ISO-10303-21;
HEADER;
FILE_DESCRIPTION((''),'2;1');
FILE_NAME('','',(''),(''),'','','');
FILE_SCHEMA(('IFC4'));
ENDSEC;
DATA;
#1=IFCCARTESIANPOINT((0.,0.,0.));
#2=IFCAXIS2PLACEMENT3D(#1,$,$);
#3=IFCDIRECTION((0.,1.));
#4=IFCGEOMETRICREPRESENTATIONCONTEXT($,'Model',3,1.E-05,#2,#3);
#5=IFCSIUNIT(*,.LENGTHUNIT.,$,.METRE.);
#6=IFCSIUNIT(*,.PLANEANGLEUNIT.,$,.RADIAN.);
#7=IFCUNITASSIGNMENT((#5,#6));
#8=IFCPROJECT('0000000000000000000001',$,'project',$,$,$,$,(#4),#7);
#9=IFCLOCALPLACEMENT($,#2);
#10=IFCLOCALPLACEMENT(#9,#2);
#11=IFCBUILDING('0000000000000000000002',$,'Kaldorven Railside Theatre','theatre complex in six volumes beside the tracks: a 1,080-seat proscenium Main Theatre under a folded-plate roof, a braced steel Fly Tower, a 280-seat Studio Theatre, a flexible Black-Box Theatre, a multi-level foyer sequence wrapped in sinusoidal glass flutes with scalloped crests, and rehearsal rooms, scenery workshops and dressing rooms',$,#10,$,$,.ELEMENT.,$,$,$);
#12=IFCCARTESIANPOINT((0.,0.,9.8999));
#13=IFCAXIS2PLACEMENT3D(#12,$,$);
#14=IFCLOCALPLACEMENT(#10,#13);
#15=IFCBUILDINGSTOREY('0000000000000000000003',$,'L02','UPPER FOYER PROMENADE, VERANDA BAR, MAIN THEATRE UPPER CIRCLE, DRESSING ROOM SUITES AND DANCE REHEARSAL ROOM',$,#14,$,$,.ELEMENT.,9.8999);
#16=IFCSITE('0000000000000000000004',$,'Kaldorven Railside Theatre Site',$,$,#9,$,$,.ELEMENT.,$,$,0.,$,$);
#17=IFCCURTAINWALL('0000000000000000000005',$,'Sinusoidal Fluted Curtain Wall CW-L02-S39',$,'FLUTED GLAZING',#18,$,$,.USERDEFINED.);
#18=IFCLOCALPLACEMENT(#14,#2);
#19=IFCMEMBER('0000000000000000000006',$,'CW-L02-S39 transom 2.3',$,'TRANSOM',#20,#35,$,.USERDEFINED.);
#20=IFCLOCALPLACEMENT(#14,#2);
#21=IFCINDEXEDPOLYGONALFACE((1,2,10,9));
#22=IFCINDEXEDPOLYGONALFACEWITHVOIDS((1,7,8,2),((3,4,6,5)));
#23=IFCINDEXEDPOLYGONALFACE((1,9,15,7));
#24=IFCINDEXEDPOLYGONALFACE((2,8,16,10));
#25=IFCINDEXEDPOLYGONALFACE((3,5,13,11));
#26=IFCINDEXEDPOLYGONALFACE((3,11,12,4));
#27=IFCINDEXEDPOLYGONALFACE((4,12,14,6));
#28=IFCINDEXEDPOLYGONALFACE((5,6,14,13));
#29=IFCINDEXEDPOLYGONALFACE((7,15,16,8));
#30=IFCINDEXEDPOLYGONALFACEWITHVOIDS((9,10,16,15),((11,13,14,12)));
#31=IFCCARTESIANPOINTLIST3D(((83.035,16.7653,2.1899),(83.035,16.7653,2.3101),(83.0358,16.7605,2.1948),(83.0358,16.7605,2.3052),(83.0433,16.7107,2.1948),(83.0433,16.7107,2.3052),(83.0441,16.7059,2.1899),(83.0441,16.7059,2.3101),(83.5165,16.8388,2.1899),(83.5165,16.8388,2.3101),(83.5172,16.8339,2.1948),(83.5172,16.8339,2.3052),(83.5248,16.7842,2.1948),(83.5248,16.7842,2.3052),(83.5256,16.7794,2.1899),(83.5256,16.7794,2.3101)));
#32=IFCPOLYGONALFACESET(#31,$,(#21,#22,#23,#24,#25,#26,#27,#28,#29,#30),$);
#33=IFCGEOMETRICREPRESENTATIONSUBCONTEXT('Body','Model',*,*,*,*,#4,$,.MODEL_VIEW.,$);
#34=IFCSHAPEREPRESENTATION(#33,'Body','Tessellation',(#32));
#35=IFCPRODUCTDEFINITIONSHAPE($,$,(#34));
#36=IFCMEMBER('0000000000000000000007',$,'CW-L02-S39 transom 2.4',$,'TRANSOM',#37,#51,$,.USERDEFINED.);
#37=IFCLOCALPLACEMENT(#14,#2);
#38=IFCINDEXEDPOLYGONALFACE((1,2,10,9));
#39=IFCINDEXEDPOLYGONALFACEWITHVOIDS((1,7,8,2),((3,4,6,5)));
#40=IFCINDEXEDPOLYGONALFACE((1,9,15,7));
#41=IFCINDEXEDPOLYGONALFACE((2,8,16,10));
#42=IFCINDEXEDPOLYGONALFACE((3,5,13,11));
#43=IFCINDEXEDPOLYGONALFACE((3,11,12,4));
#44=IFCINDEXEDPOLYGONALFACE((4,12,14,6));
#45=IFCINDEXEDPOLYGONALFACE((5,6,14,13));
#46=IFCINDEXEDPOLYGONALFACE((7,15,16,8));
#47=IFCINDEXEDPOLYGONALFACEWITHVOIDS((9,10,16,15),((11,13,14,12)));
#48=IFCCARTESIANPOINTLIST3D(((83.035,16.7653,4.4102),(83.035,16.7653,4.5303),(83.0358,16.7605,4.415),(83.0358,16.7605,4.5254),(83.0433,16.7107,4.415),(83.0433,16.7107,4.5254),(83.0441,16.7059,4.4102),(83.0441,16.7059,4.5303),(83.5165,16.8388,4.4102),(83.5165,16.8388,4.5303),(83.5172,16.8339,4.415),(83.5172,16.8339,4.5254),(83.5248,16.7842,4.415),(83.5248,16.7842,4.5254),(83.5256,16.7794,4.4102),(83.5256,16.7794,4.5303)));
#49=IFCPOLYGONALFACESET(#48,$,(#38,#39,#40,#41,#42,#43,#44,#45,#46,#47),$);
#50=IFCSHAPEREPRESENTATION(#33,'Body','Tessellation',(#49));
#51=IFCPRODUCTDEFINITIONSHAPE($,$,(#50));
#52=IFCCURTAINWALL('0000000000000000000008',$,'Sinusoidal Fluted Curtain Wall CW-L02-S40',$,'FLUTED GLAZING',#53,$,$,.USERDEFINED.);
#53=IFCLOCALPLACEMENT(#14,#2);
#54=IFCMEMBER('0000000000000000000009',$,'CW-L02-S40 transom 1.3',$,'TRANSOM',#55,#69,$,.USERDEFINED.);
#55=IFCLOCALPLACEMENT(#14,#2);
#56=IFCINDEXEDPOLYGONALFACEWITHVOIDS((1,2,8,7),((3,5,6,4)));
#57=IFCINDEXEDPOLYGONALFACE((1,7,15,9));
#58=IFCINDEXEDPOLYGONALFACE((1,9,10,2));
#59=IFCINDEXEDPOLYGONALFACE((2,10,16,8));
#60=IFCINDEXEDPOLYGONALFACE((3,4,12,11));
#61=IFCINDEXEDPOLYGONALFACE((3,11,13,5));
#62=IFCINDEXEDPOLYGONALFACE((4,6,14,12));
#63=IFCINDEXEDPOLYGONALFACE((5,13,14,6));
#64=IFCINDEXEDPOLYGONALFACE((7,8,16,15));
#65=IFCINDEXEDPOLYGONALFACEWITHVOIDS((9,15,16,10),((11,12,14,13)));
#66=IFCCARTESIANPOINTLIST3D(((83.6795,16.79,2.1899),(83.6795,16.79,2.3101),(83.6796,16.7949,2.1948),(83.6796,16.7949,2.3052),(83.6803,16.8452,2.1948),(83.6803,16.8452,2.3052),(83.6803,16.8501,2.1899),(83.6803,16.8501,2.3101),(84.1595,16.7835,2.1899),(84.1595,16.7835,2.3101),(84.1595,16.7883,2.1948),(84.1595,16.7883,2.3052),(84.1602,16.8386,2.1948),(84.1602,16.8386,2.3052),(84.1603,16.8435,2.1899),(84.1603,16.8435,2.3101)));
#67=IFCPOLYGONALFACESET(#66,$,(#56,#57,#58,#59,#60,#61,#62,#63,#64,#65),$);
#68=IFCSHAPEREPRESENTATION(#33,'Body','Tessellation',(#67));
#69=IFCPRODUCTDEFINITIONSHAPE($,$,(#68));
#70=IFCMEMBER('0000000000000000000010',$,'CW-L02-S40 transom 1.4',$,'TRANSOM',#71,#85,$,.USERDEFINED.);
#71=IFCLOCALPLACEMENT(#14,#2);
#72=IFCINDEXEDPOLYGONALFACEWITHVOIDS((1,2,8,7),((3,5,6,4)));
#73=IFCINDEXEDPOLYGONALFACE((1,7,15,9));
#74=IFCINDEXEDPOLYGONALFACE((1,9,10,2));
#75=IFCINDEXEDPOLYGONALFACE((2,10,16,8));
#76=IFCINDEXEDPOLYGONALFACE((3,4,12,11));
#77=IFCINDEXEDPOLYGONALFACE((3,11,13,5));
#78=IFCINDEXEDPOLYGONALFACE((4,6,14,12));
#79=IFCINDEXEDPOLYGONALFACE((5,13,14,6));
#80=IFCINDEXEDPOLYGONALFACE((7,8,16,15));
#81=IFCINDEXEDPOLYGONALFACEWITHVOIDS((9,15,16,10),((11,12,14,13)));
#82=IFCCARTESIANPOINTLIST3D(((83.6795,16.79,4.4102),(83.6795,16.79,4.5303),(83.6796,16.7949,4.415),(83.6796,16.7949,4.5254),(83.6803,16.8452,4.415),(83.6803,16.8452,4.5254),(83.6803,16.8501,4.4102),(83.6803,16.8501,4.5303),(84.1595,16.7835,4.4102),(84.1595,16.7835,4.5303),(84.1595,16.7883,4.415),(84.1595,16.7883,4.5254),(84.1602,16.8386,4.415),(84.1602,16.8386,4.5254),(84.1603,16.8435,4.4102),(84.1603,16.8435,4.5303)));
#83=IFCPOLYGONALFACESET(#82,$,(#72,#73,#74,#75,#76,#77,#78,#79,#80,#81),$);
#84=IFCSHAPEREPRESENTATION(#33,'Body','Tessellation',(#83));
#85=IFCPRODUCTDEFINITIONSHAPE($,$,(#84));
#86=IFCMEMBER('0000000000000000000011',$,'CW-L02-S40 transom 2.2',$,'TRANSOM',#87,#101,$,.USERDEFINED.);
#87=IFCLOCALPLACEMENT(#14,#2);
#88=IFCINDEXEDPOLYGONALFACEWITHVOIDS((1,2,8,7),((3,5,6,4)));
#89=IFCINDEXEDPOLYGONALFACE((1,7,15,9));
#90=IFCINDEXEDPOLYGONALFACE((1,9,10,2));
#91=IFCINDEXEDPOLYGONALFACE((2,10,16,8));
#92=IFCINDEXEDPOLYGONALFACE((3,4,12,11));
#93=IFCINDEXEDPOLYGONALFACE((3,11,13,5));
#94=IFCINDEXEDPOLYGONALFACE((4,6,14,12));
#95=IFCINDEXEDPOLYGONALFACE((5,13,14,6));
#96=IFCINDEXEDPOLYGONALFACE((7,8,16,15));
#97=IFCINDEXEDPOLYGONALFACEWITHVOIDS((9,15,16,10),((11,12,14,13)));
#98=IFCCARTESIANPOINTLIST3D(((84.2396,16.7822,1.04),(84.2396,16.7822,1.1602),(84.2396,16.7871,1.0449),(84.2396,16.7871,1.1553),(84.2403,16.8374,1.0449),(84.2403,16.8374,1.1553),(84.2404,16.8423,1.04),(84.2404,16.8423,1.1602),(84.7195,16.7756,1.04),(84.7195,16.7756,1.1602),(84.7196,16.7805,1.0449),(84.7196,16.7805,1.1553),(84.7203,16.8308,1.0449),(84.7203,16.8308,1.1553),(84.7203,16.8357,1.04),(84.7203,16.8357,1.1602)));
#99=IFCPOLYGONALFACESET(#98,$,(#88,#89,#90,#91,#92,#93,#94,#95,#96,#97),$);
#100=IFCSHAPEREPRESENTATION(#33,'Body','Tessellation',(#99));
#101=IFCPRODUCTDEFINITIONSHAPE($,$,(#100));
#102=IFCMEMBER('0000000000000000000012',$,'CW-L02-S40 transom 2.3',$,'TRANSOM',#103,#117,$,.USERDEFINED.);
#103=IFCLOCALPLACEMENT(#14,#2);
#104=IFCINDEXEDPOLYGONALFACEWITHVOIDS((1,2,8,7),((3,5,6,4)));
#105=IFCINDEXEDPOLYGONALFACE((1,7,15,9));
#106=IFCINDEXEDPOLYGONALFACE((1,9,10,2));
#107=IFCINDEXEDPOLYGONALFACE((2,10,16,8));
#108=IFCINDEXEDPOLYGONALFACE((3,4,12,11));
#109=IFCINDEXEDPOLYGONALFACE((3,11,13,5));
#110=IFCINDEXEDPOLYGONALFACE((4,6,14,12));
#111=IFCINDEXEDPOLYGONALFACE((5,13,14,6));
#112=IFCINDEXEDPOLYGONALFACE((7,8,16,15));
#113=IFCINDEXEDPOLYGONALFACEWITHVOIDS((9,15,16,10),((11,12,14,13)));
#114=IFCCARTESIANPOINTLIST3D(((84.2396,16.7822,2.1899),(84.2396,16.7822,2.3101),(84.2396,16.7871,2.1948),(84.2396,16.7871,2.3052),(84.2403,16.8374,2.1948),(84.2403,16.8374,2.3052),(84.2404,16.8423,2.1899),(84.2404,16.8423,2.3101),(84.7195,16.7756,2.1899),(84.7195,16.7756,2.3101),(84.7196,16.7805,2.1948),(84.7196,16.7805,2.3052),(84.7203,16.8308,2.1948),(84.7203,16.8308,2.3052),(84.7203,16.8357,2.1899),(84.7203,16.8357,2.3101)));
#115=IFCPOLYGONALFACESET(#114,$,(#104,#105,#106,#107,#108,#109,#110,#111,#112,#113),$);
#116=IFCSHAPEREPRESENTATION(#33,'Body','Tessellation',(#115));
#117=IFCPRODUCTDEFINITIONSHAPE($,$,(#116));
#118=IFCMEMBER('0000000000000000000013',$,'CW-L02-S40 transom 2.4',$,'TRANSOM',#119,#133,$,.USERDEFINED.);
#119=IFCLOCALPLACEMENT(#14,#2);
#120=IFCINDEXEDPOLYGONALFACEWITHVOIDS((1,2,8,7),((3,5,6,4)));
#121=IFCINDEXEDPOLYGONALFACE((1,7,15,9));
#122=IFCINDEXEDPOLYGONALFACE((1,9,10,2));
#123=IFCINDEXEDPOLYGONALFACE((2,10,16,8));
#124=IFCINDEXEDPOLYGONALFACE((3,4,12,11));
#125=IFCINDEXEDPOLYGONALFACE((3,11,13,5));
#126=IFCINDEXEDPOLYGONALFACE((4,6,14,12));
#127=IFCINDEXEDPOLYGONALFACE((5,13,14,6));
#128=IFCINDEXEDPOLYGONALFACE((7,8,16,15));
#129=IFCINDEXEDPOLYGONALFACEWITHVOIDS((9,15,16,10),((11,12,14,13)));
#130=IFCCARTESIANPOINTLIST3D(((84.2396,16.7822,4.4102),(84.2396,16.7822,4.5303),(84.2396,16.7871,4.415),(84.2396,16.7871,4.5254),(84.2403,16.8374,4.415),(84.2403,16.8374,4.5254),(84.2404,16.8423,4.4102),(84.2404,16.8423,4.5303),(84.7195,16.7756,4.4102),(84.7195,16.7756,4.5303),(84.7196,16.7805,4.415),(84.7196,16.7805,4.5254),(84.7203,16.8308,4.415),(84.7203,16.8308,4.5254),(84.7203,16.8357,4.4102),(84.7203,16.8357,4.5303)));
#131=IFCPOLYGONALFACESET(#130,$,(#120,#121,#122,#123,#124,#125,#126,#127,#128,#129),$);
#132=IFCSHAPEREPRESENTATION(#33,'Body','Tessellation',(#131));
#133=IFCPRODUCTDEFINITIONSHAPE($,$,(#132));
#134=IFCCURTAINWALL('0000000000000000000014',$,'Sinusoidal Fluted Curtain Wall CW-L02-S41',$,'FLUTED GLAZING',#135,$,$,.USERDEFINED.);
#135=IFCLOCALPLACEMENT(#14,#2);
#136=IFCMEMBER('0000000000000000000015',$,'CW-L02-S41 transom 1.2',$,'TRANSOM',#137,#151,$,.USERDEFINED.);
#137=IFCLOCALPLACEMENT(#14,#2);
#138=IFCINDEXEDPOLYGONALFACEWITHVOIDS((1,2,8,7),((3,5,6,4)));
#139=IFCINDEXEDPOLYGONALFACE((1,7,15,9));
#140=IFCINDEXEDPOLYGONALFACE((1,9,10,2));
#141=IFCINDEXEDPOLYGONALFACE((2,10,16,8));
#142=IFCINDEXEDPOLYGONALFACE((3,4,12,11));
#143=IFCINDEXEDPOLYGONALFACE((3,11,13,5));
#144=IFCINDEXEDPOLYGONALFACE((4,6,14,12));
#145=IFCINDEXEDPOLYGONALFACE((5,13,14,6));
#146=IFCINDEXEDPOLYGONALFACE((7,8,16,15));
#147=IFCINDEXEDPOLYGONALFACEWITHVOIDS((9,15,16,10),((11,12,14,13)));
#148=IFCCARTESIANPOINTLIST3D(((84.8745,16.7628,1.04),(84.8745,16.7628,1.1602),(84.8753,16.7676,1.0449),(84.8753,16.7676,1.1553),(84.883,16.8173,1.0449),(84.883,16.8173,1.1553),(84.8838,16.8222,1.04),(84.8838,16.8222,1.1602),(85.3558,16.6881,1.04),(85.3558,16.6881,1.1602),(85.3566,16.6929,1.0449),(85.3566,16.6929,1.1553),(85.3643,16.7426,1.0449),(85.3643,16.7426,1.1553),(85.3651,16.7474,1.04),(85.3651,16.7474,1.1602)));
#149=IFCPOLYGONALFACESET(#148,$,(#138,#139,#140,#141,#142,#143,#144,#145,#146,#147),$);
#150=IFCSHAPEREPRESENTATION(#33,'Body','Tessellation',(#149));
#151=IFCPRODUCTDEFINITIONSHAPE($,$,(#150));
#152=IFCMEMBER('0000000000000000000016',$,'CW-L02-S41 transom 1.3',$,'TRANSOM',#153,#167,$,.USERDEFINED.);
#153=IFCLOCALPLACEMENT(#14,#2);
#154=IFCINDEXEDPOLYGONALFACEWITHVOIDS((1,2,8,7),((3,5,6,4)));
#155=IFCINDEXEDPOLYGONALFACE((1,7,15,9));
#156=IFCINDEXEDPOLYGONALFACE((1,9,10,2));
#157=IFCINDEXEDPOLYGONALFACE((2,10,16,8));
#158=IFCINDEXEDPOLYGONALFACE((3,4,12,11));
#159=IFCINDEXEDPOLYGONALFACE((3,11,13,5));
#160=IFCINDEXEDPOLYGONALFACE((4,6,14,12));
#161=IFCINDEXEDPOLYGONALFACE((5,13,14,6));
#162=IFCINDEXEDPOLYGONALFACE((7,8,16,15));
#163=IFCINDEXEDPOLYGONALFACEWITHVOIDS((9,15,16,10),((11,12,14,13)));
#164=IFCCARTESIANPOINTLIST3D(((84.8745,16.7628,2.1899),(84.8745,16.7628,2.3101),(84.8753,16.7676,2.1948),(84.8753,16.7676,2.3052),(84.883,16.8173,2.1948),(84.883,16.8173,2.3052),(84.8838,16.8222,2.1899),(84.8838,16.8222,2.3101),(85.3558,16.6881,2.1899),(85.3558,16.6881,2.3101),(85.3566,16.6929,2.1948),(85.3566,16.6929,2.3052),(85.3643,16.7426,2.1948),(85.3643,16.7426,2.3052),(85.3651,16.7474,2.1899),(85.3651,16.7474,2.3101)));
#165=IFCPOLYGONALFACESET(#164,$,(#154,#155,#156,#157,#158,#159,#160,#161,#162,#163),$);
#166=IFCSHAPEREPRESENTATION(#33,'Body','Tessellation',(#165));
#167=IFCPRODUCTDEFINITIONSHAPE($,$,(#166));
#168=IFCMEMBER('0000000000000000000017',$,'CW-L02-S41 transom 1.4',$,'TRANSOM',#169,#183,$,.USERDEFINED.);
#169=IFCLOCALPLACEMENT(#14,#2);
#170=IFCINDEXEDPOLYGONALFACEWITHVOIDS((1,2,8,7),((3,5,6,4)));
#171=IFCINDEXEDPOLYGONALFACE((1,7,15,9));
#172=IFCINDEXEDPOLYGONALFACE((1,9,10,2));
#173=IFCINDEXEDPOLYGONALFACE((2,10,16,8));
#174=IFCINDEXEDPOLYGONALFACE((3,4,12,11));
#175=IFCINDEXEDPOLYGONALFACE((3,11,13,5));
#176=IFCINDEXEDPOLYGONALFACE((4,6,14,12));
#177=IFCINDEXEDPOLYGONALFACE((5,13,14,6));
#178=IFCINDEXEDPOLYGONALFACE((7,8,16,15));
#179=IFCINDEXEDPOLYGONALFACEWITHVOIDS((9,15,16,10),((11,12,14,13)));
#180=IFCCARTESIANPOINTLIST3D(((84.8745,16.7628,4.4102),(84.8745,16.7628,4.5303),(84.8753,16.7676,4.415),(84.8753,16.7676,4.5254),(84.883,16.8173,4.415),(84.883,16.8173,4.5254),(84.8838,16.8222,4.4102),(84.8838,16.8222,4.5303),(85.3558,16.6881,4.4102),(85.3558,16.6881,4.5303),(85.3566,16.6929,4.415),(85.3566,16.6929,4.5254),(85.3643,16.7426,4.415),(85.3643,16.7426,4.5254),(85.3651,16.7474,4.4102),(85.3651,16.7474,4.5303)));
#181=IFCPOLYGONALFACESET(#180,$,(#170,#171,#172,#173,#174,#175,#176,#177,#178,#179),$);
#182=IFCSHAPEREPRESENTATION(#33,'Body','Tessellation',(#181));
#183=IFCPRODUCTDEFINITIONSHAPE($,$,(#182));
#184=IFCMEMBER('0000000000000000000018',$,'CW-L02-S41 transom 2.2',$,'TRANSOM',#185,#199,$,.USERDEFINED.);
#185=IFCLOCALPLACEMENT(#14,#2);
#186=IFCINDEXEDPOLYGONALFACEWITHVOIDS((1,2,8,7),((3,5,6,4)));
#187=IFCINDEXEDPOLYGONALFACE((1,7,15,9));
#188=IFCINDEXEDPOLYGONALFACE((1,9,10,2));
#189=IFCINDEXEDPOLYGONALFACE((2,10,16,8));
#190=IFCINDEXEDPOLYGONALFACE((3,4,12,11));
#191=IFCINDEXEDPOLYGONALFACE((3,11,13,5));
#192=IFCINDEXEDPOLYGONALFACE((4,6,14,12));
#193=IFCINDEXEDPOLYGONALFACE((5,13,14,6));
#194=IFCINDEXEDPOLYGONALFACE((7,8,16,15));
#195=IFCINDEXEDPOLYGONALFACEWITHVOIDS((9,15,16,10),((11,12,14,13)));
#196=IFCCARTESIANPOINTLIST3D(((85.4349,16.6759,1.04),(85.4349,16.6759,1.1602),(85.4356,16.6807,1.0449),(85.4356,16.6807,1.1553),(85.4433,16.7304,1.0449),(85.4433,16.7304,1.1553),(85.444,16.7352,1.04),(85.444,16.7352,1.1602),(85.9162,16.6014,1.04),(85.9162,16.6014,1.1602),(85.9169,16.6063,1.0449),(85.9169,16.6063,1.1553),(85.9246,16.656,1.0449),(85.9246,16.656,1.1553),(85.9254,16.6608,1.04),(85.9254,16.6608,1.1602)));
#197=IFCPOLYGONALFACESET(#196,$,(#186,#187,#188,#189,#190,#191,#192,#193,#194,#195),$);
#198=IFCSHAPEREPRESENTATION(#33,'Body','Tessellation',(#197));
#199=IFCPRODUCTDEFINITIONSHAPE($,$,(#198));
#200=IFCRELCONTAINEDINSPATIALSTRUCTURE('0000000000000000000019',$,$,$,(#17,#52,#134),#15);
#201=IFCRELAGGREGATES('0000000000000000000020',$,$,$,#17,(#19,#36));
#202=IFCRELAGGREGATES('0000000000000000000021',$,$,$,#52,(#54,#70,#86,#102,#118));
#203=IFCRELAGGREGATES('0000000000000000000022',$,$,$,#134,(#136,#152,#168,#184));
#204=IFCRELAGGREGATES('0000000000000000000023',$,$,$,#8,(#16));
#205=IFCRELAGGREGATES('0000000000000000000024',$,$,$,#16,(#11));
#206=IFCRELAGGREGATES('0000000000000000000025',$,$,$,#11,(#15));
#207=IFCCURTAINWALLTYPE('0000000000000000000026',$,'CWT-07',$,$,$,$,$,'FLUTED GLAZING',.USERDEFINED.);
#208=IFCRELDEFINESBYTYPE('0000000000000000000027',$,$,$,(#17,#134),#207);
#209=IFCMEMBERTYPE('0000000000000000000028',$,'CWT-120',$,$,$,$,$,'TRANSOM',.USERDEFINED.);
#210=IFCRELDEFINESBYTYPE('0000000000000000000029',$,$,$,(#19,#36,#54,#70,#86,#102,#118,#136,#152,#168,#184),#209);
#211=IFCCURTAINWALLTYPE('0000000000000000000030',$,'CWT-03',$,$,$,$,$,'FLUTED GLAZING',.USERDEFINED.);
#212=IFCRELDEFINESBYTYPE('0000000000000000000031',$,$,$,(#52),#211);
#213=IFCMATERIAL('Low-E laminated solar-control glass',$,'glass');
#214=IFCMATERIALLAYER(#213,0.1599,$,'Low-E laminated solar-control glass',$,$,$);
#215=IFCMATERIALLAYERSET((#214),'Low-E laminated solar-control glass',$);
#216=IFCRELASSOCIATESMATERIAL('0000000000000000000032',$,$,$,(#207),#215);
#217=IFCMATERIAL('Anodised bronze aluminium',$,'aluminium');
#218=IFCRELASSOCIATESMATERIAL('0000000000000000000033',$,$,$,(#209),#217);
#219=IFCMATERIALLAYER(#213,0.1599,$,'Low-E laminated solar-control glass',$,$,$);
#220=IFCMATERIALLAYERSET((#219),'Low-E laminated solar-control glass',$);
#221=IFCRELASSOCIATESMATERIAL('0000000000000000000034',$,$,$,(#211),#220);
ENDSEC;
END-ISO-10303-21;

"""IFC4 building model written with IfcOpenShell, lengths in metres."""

from ifc_helpers import new_model, si_unit, direction, frame, origin, origin_2d, place, context, subcontext, project, spatial, hollow_rectangle, extrude, material, layer, layer_set, material_profile, profile_set, type_object, element, aggregate, save


model = new_model("IFC4")

# Units and contexts
model_context = context("Model", 3, precision=1e-05, world=origin(), true_north=direction((0.0, 1.0)))
body_context = subcontext(model_context, "Body", "Model", "MODEL_VIEW")
ifc_project = project(units=[si_unit("LENGTHUNIT", "METRE"), si_unit("PLANEANGLEUNIT", "RADIAN")], contexts=[model_context])

# Site, building, storey
site_placement = place(None, origin())
site = spatial("IfcSite", under=ifc_project, at=site_placement, Name="Kaldorven Railside Theatre Site", CompositionType="ELEMENT", RefElevation=0.0)
building_placement = place(site_placement, origin())
building = spatial("IfcBuilding", under=site, at=building_placement, Name="Kaldorven Railside Theatre", Description="theatre complex in six volumes beside the tracks: a 1,080-seat proscenium Main Theatre under a folded-plate roof, a braced steel Fly Tower, a 280-seat Studio Theatre, a flexible Black-Box Theatre, a multi-level foyer sequence wrapped in sinusoidal glass flutes with scalloped crests, and rehearsal rooms, scenery workshops and dressing rooms", CompositionType="ELEMENT")
storey_placement = place(building_placement, frame((0.0, 0.0, 9.8999)))
storey = spatial("IfcBuildingStorey", under=building, at=storey_placement, Name="L02", Description="UPPER FOYER PROMENADE, VERANDA BAR, MAIN THEATRE UPPER CIRCLE, DRESSING ROOM SUITES AND DANCE REHEARSAL ROOM", CompositionType="ELEMENT", Elevation=9.8999)

# Curtain walls, members
ifc_material_1 = material(Name="Low-E laminated solar-control glass", Category="glass")
ifc_layer_1 = layer(ifc_material_1, 0.1599, Name="Low-E laminated solar-control glass")
ifc_layer_set_1 = layer_set([ifc_layer_1], Name="Low-E laminated solar-control glass")
curtain_wall_type_1 = type_object("IfcCurtainWallType", Name="CWT-07", ElementType="FLUTED GLAZING", PredefinedType="USERDEFINED", material=ifc_layer_set_1)
curtain_wall_1_placement = place(storey_placement, origin())
curtain_wall_1 = element("IfcCurtainWall", 1, at=curtain_wall_1_placement, inside=storey, type_object=curtain_wall_type_1, Name="Sinusoidal Fluted Curtain Wall CW-L02-S39", ObjectType="FLUTED GLAZING", PredefinedType="USERDEFINED")
ifc_material_2 = material(Name="Anodised bronze aluminium", Category="aluminium")
ifc_material_profile = material_profile(ifc_material_2, hollow_rectangle(XDim=0.0601, YDim=0.1201, WallThickness=0.0049, at=origin_2d()), Name="RHS 120x60x5")
ifc_profile_set = profile_set([ifc_material_profile], Name="Anodised bronze aluminium")
member_type = type_object("IfcMemberType", Name="CWT-120", ElementType="TRANSOM", PredefinedType="USERDEFINED", material=ifc_profile_set)
member_1_placement = place(storey_placement, frame((83.0396, 16.7356, 2.25), z_axis=(0.988551, 0.150889, 0.0), x_axis=(-0.150889, 0.988551, 0.0)))
member_1 = element("IfcMember", 2, at=member_1_placement, type_object=member_type, Name="CW-L02-S39 transom 2.3", ObjectType="TRANSOM", PredefinedType="USERDEFINED", context=body_context, shape_type="SweptSolid", body=[
    extrude(hollow_rectangle(XDim=0.0601, YDim=0.1201, WallThickness=0.0049, at=origin_2d()), origin(), (0.0, 0.0, 1.0), 0.4871),
])
member_2_placement = place(storey_placement, frame((83.0396, 16.7356, 4.4702), z_axis=(0.988551, 0.150889, 0.0), x_axis=(-0.150889, 0.988551, 0.0)))
member_2 = element("IfcMember", 3, at=member_2_placement, type_object=member_type, Name="CW-L02-S39 transom 2.4", ObjectType="TRANSOM", PredefinedType="USERDEFINED", context=body_context, shape_type="SweptSolid", body=[
    extrude(hollow_rectangle(XDim=0.0601, YDim=0.1201, WallThickness=0.0049, at=origin_2d()), origin(), (0.0, 0.0, 1.0), 0.4871),
])
ifc_layer_2 = layer(ifc_material_1, 0.1599, Name="Low-E laminated solar-control glass")
ifc_layer_set_2 = layer_set([ifc_layer_2], Name="Low-E laminated solar-control glass")
curtain_wall_type_2 = type_object("IfcCurtainWallType", Name="CWT-03", ElementType="FLUTED GLAZING", PredefinedType="USERDEFINED", material=ifc_layer_set_2)
curtain_wall_2_placement = place(storey_placement, origin())
curtain_wall_2 = element("IfcCurtainWall", 4, at=curtain_wall_2_placement, inside=storey, type_object=curtain_wall_type_2, Name="Sinusoidal Fluted Curtain Wall CW-L02-S40", ObjectType="FLUTED GLAZING", PredefinedType="USERDEFINED")
member_3_placement = place(storey_placement, frame((83.6799, 16.8201, 2.25), z_axis=(0.999906, -0.013732, 0.0), x_axis=(0.013732, 0.999906, 0.0)))
member_3 = element("IfcMember", 5, at=member_3_placement, type_object=member_type, Name="CW-L02-S40 transom 1.3", ObjectType="TRANSOM", PredefinedType="USERDEFINED", context=body_context, shape_type="SweptSolid", body=[
    extrude(hollow_rectangle(XDim=0.0601, YDim=0.1201, WallThickness=0.0049, at=origin_2d()), origin(), (0.0, 0.0, 1.0), 0.48),
])
member_4_placement = place(storey_placement, frame((83.6799, 16.8201, 4.4702), z_axis=(0.999906, -0.013732, 0.0), x_axis=(0.013732, 0.999906, 0.0)))
member_4 = element("IfcMember", 6, at=member_4_placement, type_object=member_type, Name="CW-L02-S40 transom 1.4", ObjectType="TRANSOM", PredefinedType="USERDEFINED", context=body_context, shape_type="SweptSolid", body=[
    extrude(hollow_rectangle(XDim=0.0601, YDim=0.1201, WallThickness=0.0049, at=origin_2d()), origin(), (0.0, 0.0, 1.0), 0.48),
])
member_5_placement = place(storey_placement, frame((84.24, 16.8123, 1.1001), z_axis=(0.999906, -0.013732, 0.0), x_axis=(0.013732, 0.999906, 0.0)))
member_5 = element("IfcMember", 7, at=member_5_placement, type_object=member_type, Name="CW-L02-S40 transom 2.2", ObjectType="TRANSOM", PredefinedType="USERDEFINED", context=body_context, shape_type="SweptSolid", body=[
    extrude(hollow_rectangle(XDim=0.0601, YDim=0.1201, WallThickness=0.0049, at=origin_2d()), origin(), (0.0, 0.0, 1.0), 0.48),
])
member_6_placement = place(storey_placement, frame((84.24, 16.8123, 2.25), z_axis=(0.999906, -0.013732, 0.0), x_axis=(0.013732, 0.999906, 0.0)))
member_6 = element("IfcMember", 8, at=member_6_placement, type_object=member_type, Name="CW-L02-S40 transom 2.3", ObjectType="TRANSOM", PredefinedType="USERDEFINED", context=body_context, shape_type="SweptSolid", body=[
    extrude(hollow_rectangle(XDim=0.0601, YDim=0.1201, WallThickness=0.0049, at=origin_2d()), origin(), (0.0, 0.0, 1.0), 0.48),
])
member_7_placement = place(storey_placement, frame((84.24, 16.8123, 4.4702), z_axis=(0.999906, -0.013732, 0.0), x_axis=(0.013732, 0.999906, 0.0)))
member_7 = element("IfcMember", 9, at=member_7_placement, type_object=member_type, Name="CW-L02-S40 transom 2.4", ObjectType="TRANSOM", PredefinedType="USERDEFINED", context=body_context, shape_type="SweptSolid", body=[
    extrude(hollow_rectangle(XDim=0.0601, YDim=0.1201, WallThickness=0.0049, at=origin_2d()), origin(), (0.0, 0.0, 1.0), 0.48),
])
curtain_wall_3_placement = place(storey_placement, origin())
curtain_wall_3 = element("IfcCurtainWall", 10, at=curtain_wall_3_placement, inside=storey, type_object=curtain_wall_type_1, Name="Sinusoidal Fluted Curtain Wall CW-L02-S41", ObjectType="FLUTED GLAZING", PredefinedType="USERDEFINED")
member_8_placement = place(storey_placement, frame((84.8792, 16.7925, 1.1001), z_axis=(0.988162, -0.153413, 0.0), x_axis=(0.153413, 0.988162, 0.0)))
member_8 = element("IfcMember", 11, at=member_8_placement, type_object=member_type, Name="CW-L02-S41 transom 1.2", ObjectType="TRANSOM", PredefinedType="USERDEFINED", context=body_context, shape_type="SweptSolid", body=[
    extrude(hollow_rectangle(XDim=0.0601, YDim=0.1201, WallThickness=0.0049, at=origin_2d()), origin(), (0.0, 0.0, 1.0), 0.4871),
])
member_9_placement = place(storey_placement, frame((84.8792, 16.7925, 2.25), z_axis=(0.988162, -0.153413, 0.0), x_axis=(0.153413, 0.988162, 0.0)))
member_9 = element("IfcMember", 12, at=member_9_placement, type_object=member_type, Name="CW-L02-S41 transom 1.3", ObjectType="TRANSOM", PredefinedType="USERDEFINED", context=body_context, shape_type="SweptSolid", body=[
    extrude(hollow_rectangle(XDim=0.0601, YDim=0.1201, WallThickness=0.0049, at=origin_2d()), origin(), (0.0, 0.0, 1.0), 0.4871),
])
member_10_placement = place(storey_placement, frame((84.8792, 16.7925, 4.4702), z_axis=(0.988162, -0.153413, 0.0), x_axis=(0.153413, 0.988162, 0.0)))
member_10 = element("IfcMember", 13, at=member_10_placement, type_object=member_type, Name="CW-L02-S41 transom 1.4", ObjectType="TRANSOM", PredefinedType="USERDEFINED", context=body_context, shape_type="SweptSolid", body=[
    extrude(hollow_rectangle(XDim=0.0601, YDim=0.1201, WallThickness=0.0049, at=origin_2d()), origin(), (0.0, 0.0, 1.0), 0.4871),
])
member_11_placement = place(storey_placement, frame((85.4395, 16.7056, 1.1001), z_axis=(0.98825, -0.152848, 0.0), x_axis=(0.152848, 0.98825, 0.0)))
member_11 = element("IfcMember", 14, at=member_11_placement, type_object=member_type, Name="CW-L02-S41 transom 2.2", ObjectType="TRANSOM", PredefinedType="USERDEFINED", context=body_context, shape_type="SweptSolid", body=[
    extrude(hollow_rectangle(XDim=0.0601, YDim=0.1201, WallThickness=0.0049, at=origin_2d()), origin(), (0.0, 0.0, 1.0), 0.4871),
])

aggregate(curtain_wall_1, [member_1, member_2])
aggregate(curtain_wall_2, [member_3, member_4, member_5, member_6, member_7])
aggregate(curtain_wall_3, [member_8, member_9, member_10, member_11])

save(model, "model.ifc")
